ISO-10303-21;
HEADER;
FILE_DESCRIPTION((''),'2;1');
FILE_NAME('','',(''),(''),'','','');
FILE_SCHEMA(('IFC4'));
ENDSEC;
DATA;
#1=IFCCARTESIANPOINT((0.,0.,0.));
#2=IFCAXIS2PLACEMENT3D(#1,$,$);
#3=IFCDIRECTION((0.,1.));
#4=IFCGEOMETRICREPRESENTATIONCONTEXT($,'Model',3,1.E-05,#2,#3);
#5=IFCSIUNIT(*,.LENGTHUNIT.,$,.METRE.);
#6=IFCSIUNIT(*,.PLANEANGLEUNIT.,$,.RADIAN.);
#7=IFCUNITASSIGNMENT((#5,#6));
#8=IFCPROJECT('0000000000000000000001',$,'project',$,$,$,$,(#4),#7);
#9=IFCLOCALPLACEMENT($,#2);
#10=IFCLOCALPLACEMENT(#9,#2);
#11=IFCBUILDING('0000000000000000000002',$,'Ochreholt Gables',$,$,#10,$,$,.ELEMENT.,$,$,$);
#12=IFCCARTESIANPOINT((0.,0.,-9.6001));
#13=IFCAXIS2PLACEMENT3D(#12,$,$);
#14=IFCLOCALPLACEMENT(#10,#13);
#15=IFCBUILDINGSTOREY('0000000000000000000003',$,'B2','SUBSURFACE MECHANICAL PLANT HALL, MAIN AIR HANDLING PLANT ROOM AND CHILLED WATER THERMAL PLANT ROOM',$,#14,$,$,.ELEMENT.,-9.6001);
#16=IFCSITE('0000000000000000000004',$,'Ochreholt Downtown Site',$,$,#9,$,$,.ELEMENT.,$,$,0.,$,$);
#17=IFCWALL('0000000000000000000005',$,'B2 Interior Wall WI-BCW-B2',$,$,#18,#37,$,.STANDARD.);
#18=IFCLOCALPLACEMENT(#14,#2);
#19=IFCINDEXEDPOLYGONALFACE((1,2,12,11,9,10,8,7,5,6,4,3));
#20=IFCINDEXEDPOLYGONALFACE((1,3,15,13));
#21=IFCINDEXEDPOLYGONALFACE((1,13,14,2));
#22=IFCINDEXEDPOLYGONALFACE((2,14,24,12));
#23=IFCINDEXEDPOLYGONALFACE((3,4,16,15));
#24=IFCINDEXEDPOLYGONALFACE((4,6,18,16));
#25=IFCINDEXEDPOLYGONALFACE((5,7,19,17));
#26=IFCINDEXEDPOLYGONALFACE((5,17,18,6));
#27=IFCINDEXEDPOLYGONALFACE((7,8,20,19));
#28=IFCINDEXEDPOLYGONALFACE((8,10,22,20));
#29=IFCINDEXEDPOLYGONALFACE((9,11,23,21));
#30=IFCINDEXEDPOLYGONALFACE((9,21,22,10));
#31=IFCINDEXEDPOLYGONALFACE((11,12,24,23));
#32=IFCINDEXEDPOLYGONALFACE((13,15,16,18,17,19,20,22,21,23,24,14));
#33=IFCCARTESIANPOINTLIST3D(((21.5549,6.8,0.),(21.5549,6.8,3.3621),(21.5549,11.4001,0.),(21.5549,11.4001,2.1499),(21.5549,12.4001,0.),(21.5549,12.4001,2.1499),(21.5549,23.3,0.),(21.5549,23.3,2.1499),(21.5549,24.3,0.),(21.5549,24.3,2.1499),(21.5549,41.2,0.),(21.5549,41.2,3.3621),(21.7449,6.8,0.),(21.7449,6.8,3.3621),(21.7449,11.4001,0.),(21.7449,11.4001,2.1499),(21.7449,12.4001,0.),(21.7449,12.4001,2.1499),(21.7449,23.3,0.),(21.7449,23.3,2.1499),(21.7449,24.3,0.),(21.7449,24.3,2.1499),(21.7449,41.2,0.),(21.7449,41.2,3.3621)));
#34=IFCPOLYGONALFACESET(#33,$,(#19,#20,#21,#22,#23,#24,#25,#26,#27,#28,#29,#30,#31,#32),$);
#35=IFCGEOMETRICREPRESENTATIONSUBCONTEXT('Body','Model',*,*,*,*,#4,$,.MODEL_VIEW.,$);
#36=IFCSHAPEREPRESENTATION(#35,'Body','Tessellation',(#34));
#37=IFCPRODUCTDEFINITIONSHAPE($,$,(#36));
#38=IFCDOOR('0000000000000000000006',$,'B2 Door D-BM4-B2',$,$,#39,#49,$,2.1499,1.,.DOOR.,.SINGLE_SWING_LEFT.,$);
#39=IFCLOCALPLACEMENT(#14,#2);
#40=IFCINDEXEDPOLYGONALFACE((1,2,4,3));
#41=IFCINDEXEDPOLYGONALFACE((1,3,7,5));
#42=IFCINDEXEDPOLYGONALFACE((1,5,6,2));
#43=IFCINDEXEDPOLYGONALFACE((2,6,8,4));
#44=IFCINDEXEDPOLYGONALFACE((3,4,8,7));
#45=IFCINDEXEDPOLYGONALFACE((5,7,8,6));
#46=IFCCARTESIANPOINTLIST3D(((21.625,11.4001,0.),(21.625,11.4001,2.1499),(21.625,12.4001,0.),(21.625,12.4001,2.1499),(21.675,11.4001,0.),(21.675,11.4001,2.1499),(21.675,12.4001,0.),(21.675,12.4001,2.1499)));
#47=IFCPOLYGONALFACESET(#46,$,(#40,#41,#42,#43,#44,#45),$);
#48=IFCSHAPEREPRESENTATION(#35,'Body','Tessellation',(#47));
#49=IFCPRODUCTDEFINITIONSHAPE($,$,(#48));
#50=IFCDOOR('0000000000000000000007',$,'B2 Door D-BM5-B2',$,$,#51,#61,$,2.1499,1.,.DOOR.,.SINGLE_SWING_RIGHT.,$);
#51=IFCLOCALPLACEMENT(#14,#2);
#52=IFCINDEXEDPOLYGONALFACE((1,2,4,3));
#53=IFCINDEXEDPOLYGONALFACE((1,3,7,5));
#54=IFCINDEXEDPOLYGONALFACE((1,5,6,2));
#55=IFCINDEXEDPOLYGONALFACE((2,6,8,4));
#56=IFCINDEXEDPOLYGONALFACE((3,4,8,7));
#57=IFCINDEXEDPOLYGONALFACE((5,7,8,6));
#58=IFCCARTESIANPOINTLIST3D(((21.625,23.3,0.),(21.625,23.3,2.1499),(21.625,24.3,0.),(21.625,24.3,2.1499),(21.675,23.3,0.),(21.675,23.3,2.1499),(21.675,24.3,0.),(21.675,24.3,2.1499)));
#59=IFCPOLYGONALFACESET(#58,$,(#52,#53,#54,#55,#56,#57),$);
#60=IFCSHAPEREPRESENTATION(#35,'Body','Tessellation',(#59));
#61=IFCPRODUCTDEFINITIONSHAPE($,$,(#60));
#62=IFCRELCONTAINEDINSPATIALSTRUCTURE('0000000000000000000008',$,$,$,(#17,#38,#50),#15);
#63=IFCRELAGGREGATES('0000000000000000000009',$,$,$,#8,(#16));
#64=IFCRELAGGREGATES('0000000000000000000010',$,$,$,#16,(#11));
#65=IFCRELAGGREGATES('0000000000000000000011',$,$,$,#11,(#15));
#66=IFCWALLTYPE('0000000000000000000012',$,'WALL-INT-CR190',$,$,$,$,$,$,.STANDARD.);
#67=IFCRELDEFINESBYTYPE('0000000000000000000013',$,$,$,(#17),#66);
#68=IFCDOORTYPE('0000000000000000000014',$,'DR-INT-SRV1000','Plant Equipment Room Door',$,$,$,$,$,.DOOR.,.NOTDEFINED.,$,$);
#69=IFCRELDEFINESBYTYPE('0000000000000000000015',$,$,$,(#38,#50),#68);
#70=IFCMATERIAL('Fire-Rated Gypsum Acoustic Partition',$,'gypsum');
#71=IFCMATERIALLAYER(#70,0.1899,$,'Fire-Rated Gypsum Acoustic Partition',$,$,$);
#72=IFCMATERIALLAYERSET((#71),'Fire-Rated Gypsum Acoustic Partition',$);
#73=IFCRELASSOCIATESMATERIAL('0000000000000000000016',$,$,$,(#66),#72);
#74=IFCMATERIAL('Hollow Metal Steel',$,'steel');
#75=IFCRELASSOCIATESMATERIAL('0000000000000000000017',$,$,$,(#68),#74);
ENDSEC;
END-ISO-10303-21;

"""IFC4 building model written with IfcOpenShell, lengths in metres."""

from ifc_helpers import new_model, si_unit, direction, frame, frame_2d, origin, place, context, subcontext, project, spatial, rectangle, extrude, material, layer, layer_set, type_object, element, fill, save


model = new_model("IFC4")

# Units and contexts
model_context = context("Model", 3, precision=1e-05, world=origin(), true_north=direction((0.0, 1.0)))
body_context = subcontext(model_context, "Body", "Model", "MODEL_VIEW")
ifc_project = project(units=[si_unit("LENGTHUNIT", "METRE"), si_unit("PLANEANGLEUNIT", "RADIAN")], contexts=[model_context])

# Site, building, storey
site_placement = place(None, origin())
site = spatial("IfcSite", under=ifc_project, at=site_placement, Name="Ochreholt Downtown Site", CompositionType="ELEMENT", RefElevation=0.0)
building_placement = place(site_placement, origin())
building = spatial("IfcBuilding", under=site, at=building_placement, Name="Ochreholt Gables", CompositionType="ELEMENT")
storey_placement = place(building_placement, frame((0.0, 0.0, -9.6001)))
storey = spatial("IfcBuildingStorey", under=building, at=storey_placement, Name="B2", Description="SUBSURFACE MECHANICAL PLANT HALL, MAIN AIR HANDLING PLANT ROOM AND CHILLED WATER THERMAL PLANT ROOM", CompositionType="ELEMENT", Elevation=-9.6001)

# Wall, openings, doors
ifc_material_1 = material(Name="Fire-Rated Gypsum Acoustic Partition", Category="gypsum")
ifc_layer_1 = layer(ifc_material_1, 0.1899, Name="Fire-Rated Gypsum Acoustic Partition")
ifc_layer_set_1 = layer_set([ifc_layer_1], Name="Fire-Rated Gypsum Acoustic Partition")
wall_type_1 = type_object("IfcWallType", Name="WALL-INT-CR190", PredefinedType="STANDARD", material=ifc_layer_set_1)
wall_1_placement = place(storey_placement, frame((21.6499, 6.8, 0.0), z_axis=(0.0, 0.0, 1.0), x_axis=(0.0, 1.0, 0.0)))
wall_1 = element("IfcWall", 1, at=wall_1_placement, inside=storey, type_object=wall_type_1, Name="B2 Interior Wall WI-BCW-B2", PredefinedType="STANDARD", context=body_context, shape_type="SweptSolid", body=[
    extrude(rectangle(XDim=34.3999, YDim=0.1899, at=frame_2d((17.2, 0.0))), origin(), (0.0, 0.0, 1.0), 3.3621),
])
opening_1_placement = place(wall_1_placement, frame((4.6001, 0.0, 0.0)))
opening_1 = element("IfcOpeningElement", 2, at=opening_1_placement, cuts=wall_1, PredefinedType="OPENING", context=body_context, shape_type="SweptSolid", body=[
    extrude(rectangle(XDim=1.0, YDim=2.1499, at=frame_2d((0.5, 1.075))), frame((0.0, 0.105, 0.0), z_axis=(0.0, -1.0, 0.0), x_axis=(1.0, 0.0, 0.0)), (0.0, 0.0, 1.0), 0.21),
])
opening_2_placement = place(wall_1_placement, frame((16.5, 0.0, 0.0)))
opening_2 = element("IfcOpeningElement", 3, at=opening_2_placement, cuts=wall_1, PredefinedType="OPENING", context=body_context, shape_type="SweptSolid", body=[
    extrude(rectangle(XDim=1.0, YDim=2.1499, at=frame_2d((0.5, 1.075))), frame((0.0, 0.105, 0.0), z_axis=(0.0, -1.0, 0.0), x_axis=(1.0, 0.0, 0.0)), (0.0, 0.0, 1.0), 0.21),
])
ifc_material_2 = material(Name="Hollow Metal Steel", Category="steel")
door_type = type_object("IfcDoorType", Name="DR-INT-SRV1000", Description="Plant Equipment Room Door", OperationType="NOTDEFINED", PredefinedType="DOOR", material=ifc_material_2)
door_1_placement = place(opening_1_placement, origin())
door_1 = element("IfcDoor", 4, at=door_1_placement, inside=storey, type_object=door_type, Name="B2 Door D-BM4-B2", OperationType="SINGLE_SWING_LEFT", OverallHeight=2.1499, OverallWidth=1.0, PredefinedType="DOOR", context=body_context, shape_type="SweptSolid", body=[
    extrude(rectangle(XDim=1.0, YDim=2.1499, at=frame_2d((0.5, 1.075))), frame((0.0, 0.0249, 0.0), z_axis=(0.0, -1.0, 0.0), x_axis=(1.0, 0.0, 0.0)), (0.0, 0.0, 1.0), 0.05),
])
fill(opening_1, door_1)
door_2_placement = place(opening_2_placement, origin())
door_2 = element("IfcDoor", 5, at=door_2_placement, inside=storey, type_object=door_type, Name="B2 Door D-BM5-B2", OperationType="SINGLE_SWING_RIGHT", OverallHeight=2.1499, OverallWidth=1.0, PredefinedType="DOOR", context=body_context, shape_type="SweptSolid", body=[
    extrude(rectangle(XDim=1.0, YDim=2.1499, at=frame_2d((0.5, 1.075))), frame((0.0, 0.0249, 0.0), z_axis=(0.0, -1.0, 0.0), x_axis=(1.0, 0.0, 0.0)), (0.0, 0.0, 1.0), 0.05),
])
fill(opening_2, door_2)

save(model, "model.ifc")
